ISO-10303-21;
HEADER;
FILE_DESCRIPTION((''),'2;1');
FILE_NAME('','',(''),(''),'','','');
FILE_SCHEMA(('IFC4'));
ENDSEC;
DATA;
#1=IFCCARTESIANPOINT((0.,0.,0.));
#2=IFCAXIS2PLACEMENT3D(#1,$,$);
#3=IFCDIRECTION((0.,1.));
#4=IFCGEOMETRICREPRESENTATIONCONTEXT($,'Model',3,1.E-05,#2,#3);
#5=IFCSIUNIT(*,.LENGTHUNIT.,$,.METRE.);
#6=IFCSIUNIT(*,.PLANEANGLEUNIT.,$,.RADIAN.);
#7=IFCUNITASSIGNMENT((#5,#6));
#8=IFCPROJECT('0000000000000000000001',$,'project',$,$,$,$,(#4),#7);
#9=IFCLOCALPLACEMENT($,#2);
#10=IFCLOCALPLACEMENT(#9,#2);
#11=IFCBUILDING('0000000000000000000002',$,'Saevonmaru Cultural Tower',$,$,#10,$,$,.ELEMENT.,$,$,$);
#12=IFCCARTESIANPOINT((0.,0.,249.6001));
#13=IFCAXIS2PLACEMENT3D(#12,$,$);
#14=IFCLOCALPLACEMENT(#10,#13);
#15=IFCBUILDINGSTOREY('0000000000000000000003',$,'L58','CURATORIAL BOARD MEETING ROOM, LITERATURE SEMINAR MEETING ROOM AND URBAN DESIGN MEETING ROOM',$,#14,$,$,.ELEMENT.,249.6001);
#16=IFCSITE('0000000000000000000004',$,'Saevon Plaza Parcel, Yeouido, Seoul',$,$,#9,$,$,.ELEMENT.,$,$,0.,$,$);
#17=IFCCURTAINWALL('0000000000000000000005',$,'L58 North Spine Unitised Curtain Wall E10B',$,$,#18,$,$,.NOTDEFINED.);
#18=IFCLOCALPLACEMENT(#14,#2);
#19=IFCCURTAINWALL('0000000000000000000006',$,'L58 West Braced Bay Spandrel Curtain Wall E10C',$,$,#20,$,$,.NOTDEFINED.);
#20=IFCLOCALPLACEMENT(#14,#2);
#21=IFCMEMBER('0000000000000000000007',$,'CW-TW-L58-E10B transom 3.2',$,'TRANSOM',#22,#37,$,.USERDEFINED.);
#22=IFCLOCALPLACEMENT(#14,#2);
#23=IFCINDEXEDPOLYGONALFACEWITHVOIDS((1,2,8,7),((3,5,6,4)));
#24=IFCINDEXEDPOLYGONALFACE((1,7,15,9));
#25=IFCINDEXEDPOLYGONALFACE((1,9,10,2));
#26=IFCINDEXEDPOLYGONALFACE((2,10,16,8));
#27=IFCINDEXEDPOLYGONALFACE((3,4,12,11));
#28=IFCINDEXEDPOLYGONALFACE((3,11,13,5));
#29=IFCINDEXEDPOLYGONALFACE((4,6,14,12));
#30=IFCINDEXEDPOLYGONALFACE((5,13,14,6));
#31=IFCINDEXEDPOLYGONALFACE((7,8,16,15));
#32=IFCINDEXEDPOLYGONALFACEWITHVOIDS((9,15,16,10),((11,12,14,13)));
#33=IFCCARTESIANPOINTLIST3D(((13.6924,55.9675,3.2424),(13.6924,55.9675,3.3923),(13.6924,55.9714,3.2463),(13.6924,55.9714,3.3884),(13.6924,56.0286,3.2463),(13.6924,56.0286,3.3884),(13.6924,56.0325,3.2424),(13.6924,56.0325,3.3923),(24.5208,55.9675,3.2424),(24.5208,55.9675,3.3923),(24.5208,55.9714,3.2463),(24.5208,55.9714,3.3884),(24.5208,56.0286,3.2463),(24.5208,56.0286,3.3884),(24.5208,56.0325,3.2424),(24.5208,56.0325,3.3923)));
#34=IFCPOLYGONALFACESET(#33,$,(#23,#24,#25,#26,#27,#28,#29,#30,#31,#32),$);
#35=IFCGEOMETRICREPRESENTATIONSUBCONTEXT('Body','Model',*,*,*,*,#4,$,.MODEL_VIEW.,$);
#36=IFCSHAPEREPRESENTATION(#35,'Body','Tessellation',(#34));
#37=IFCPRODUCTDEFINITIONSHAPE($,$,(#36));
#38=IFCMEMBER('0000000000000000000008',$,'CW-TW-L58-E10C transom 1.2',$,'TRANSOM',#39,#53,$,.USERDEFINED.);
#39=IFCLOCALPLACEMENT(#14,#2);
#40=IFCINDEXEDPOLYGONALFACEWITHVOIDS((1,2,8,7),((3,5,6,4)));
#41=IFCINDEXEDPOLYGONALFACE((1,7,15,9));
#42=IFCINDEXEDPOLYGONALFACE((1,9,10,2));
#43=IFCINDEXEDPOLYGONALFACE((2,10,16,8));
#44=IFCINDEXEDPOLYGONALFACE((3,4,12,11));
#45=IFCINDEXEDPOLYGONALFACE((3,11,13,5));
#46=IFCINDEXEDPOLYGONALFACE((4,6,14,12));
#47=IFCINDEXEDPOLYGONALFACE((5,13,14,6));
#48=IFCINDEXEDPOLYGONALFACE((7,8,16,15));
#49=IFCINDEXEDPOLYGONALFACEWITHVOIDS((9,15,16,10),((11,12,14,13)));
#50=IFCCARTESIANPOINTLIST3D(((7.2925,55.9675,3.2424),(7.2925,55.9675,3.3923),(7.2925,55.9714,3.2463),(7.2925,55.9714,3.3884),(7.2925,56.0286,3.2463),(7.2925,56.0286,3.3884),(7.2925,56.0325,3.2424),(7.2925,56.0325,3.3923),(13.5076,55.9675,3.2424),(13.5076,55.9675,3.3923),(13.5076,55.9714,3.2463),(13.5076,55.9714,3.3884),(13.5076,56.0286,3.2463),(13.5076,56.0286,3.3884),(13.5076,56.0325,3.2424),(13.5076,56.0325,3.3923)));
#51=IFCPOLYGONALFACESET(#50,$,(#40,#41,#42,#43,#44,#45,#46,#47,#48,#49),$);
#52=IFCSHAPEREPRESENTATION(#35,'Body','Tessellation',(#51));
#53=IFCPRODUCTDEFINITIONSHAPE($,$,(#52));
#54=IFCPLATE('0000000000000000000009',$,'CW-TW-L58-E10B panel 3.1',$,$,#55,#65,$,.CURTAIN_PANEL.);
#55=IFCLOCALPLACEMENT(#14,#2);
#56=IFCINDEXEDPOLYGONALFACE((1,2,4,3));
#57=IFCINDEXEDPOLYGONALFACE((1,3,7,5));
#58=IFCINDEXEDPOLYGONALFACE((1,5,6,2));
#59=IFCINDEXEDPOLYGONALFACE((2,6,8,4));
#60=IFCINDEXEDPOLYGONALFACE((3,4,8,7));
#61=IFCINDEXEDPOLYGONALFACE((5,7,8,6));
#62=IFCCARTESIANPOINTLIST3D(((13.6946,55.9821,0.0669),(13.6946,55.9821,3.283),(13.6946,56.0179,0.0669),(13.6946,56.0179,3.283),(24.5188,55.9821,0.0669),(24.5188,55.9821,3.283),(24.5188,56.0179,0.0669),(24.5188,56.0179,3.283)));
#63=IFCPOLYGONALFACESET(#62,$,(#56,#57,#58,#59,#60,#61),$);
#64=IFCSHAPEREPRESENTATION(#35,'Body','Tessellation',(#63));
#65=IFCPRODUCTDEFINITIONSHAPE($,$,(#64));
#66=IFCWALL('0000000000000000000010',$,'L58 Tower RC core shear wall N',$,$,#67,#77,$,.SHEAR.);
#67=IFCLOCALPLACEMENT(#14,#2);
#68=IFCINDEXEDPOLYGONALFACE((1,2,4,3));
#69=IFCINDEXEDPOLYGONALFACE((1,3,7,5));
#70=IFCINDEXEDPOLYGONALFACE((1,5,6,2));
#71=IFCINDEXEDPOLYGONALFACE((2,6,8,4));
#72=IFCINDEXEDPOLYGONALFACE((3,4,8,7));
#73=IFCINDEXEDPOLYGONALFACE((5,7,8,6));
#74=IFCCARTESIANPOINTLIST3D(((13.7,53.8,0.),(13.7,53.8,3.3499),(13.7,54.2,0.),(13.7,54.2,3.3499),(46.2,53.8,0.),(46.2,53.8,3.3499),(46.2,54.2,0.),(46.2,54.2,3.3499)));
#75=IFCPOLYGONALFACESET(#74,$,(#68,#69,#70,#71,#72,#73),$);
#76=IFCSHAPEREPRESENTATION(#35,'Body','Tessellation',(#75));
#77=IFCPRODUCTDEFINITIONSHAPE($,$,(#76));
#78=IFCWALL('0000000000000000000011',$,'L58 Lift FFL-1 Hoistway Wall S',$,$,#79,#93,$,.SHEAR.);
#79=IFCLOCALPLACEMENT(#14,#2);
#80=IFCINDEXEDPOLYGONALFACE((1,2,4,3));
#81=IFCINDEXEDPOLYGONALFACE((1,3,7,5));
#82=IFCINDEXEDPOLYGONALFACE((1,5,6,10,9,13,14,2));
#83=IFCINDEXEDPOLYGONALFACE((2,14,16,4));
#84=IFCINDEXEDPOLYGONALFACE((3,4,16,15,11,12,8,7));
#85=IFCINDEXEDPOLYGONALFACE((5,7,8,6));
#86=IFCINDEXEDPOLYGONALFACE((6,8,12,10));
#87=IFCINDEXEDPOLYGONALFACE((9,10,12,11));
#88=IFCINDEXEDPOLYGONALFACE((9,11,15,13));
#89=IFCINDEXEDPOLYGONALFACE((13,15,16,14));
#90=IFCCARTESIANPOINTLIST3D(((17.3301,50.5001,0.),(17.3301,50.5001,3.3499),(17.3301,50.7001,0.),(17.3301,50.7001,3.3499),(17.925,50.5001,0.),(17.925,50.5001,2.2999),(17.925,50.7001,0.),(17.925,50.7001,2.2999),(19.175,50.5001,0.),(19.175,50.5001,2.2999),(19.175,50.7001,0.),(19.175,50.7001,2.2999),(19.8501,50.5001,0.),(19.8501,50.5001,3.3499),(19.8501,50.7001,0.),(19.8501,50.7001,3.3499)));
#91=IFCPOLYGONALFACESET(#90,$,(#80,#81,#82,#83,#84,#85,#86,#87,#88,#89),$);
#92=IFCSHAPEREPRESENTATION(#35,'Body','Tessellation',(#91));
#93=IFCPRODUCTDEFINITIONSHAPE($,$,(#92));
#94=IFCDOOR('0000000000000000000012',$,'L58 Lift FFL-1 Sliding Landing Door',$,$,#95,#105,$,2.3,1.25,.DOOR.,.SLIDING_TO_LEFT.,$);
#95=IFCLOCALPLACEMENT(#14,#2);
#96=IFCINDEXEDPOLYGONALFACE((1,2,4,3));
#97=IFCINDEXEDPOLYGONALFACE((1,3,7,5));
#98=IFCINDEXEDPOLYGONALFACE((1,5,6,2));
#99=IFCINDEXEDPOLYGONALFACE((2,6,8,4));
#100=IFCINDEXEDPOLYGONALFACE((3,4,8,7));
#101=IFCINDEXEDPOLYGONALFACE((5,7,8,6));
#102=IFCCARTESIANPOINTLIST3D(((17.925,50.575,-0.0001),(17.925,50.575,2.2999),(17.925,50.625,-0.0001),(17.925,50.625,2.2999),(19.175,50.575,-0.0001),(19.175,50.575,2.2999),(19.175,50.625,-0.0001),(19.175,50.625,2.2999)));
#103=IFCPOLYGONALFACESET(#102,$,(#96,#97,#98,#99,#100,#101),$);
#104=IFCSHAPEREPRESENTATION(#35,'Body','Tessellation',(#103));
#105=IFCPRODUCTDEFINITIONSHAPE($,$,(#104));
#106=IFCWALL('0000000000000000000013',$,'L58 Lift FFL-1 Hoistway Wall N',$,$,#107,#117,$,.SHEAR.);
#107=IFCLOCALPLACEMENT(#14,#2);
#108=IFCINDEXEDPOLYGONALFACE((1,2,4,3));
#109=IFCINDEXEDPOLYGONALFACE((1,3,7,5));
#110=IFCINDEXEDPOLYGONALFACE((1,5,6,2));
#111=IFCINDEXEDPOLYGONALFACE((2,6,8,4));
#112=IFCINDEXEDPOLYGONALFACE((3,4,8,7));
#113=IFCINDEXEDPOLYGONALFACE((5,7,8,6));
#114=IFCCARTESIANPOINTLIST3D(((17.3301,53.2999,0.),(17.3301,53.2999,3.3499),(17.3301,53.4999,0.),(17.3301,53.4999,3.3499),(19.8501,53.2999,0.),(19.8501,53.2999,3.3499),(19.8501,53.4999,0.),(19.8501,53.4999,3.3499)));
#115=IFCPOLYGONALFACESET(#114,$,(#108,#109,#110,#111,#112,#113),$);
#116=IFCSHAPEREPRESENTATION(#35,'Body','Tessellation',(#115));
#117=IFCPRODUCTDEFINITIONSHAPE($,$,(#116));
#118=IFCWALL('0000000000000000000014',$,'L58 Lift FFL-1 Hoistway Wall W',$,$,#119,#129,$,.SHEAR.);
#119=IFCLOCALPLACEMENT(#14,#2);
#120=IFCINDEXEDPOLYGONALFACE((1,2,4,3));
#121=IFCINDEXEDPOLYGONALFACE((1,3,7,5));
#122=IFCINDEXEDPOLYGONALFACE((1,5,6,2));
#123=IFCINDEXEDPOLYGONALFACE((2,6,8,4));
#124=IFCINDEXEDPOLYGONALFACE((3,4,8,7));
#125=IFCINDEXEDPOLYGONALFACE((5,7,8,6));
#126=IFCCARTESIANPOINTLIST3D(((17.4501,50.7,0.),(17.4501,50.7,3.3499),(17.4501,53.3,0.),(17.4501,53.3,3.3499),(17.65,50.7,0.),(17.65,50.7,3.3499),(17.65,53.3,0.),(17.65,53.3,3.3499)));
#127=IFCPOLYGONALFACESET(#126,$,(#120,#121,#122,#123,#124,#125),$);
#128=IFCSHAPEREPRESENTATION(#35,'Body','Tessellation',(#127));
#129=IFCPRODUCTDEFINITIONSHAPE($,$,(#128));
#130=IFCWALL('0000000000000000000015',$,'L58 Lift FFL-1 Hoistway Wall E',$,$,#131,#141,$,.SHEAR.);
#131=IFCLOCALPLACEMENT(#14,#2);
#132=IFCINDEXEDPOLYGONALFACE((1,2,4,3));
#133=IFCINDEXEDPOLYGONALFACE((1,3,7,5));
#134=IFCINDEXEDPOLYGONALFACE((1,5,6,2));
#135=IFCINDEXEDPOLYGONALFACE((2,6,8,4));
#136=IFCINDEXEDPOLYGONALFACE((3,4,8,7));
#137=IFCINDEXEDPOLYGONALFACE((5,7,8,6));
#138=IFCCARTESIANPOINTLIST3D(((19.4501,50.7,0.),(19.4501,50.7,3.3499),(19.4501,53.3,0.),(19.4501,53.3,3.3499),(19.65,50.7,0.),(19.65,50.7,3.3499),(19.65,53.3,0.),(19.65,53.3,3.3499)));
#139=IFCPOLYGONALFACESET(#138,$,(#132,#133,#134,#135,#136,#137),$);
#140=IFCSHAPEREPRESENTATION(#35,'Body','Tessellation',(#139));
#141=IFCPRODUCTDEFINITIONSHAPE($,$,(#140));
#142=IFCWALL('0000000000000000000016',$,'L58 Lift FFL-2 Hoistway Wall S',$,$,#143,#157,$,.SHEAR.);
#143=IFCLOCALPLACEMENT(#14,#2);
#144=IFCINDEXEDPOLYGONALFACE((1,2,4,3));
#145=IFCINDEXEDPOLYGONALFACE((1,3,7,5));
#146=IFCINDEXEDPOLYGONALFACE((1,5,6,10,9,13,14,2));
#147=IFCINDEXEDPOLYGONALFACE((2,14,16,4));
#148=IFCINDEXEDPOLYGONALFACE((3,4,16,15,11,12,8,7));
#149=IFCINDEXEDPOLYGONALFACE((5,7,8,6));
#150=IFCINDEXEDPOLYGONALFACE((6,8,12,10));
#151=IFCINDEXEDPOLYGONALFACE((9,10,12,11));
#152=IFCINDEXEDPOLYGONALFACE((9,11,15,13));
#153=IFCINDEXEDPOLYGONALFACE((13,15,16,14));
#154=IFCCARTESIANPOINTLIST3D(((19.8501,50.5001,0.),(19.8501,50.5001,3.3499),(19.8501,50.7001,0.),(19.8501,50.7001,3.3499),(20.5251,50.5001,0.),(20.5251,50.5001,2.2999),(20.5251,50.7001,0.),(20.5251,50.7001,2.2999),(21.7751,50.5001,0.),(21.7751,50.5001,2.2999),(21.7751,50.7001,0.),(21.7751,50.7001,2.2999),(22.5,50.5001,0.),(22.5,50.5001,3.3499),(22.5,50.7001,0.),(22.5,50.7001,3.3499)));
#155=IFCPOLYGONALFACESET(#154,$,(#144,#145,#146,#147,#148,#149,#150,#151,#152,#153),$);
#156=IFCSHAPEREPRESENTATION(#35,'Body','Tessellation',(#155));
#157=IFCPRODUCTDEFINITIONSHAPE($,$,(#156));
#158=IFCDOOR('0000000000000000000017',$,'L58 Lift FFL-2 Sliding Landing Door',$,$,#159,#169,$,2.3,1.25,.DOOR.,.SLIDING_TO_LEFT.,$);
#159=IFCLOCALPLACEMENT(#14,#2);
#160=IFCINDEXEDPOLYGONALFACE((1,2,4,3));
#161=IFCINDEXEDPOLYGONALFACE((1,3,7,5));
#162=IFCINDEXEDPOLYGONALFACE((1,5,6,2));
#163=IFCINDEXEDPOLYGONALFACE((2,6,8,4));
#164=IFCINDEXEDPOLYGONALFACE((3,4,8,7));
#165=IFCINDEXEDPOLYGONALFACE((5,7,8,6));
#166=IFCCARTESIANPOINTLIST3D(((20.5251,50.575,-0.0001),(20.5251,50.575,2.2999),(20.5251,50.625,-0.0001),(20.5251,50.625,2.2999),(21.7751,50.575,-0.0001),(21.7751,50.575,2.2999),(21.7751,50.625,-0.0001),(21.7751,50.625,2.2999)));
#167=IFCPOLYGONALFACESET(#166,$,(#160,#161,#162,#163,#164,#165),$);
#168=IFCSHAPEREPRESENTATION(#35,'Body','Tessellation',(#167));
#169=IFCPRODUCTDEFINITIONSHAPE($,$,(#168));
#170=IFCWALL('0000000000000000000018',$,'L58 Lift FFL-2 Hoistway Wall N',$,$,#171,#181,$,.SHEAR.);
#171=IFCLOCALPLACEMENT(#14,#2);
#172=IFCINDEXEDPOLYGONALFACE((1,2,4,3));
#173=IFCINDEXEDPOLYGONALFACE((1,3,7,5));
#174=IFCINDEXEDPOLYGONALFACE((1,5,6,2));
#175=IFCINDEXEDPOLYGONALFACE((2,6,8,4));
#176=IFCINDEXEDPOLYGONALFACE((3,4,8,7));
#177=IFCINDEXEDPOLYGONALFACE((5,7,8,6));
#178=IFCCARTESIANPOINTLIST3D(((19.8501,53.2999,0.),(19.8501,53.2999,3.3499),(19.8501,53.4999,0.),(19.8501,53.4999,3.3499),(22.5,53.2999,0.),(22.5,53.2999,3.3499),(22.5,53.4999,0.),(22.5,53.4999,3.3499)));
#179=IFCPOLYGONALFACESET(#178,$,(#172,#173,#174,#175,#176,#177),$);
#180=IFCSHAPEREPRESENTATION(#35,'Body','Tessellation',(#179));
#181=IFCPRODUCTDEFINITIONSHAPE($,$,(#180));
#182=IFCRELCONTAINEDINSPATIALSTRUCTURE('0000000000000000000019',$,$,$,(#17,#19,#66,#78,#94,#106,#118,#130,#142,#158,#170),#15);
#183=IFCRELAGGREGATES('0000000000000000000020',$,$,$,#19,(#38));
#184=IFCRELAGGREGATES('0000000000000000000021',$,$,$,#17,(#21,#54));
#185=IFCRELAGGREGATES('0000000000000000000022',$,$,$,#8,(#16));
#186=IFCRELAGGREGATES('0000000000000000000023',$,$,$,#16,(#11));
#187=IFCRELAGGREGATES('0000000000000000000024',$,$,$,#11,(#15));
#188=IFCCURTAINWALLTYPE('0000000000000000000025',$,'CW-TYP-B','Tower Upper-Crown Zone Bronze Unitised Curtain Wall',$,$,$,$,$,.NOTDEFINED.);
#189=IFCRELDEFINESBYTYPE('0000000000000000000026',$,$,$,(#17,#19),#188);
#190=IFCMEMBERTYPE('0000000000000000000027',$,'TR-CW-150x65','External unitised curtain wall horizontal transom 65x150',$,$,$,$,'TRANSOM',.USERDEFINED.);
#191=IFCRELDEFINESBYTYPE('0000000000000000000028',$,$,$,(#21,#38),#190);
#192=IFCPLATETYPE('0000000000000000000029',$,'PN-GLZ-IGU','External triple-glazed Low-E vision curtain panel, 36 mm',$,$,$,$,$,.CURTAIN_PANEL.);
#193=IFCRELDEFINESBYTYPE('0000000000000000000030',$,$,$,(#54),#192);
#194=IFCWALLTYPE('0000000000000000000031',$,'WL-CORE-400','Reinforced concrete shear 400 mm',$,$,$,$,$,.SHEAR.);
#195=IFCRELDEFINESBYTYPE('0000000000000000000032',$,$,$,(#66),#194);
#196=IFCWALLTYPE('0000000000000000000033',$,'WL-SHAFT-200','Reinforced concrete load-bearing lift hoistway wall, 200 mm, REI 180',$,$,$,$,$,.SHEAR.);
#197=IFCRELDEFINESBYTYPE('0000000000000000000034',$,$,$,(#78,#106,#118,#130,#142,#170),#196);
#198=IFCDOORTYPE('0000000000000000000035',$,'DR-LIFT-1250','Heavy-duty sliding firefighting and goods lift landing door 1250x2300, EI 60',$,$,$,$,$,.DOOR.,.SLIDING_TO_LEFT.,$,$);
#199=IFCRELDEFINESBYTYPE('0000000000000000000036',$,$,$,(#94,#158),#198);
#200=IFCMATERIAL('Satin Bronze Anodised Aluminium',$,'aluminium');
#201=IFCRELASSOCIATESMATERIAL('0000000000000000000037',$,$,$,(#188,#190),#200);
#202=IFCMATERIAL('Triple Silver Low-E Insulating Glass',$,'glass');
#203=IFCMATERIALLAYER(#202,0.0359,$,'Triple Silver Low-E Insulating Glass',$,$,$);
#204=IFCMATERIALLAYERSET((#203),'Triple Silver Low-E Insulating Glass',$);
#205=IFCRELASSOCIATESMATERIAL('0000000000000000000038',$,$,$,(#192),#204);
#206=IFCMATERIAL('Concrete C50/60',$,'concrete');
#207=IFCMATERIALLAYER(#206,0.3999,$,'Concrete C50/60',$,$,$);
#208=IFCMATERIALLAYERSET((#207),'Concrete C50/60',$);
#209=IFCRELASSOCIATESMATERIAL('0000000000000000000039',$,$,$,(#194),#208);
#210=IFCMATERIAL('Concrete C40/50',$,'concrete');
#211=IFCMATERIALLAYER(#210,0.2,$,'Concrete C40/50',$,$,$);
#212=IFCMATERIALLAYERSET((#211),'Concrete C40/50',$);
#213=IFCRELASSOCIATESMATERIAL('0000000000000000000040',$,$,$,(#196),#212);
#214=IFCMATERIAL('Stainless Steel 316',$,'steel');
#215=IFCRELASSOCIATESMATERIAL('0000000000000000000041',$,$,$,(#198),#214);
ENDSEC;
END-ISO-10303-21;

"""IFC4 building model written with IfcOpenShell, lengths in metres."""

from ifc_helpers import new_model, si_unit, direction, frame, frame_2d, origin, origin_2d, place, context, subcontext, project, spatial, rectangle, hollow_rectangle, extrude, material, layer, layer_set, material_profile, profile_set, type_object, element, fill, aggregate, save


model = new_model("IFC4")

# Units and contexts
model_context = context("Model", 3, precision=1e-05, world=origin(), true_north=direction((0.0, 1.0)))
body_context = subcontext(model_context, "Body", "Model", "MODEL_VIEW")
ifc_project = project(units=[si_unit("LENGTHUNIT", "METRE"), si_unit("PLANEANGLEUNIT", "RADIAN")], contexts=[model_context])

# Site, building, storey
site_placement = place(None, origin())
site = spatial("IfcSite", under=ifc_project, at=site_placement, Name="Saevon Plaza Parcel, Yeouido, Seoul", CompositionType="ELEMENT", RefElevation=0.0)
building_placement = place(site_placement, origin())
building = spatial("IfcBuilding", under=site, at=building_placement, Name="Saevonmaru Cultural Tower", CompositionType="ELEMENT")
storey_placement = place(building_placement, frame((0.0, 0.0, 249.6001)))
storey = spatial("IfcBuildingStorey", under=building, at=storey_placement, Name="L58", Description="CURATORIAL BOARD MEETING ROOM, LITERATURE SEMINAR MEETING ROOM AND URBAN DESIGN MEETING ROOM", CompositionType="ELEMENT", Elevation=249.6001)

# Curtain walls
ifc_material_1 = material(Name="Satin Bronze Anodised Aluminium", Category="aluminium")
curtain_wall_type = type_object("IfcCurtainWallType", Name="CW-TYP-B", Description="Tower Upper-Crown Zone Bronze Unitised Curtain Wall", PredefinedType="NOTDEFINED", material=ifc_material_1)
curtain_wall_1_placement = place(storey_placement, origin())
curtain_wall_1 = element("IfcCurtainWall", 1, at=curtain_wall_1_placement, inside=storey, type_object=curtain_wall_type, Name="L58 North Spine Unitised Curtain Wall E10B", PredefinedType="NOTDEFINED")
curtain_wall_2_placement = place(storey_placement, origin())
curtain_wall_2 = element("IfcCurtainWall", 2, at=curtain_wall_2_placement, inside=storey, type_object=curtain_wall_type, Name="L58 West Braced Bay Spandrel Curtain Wall E10C", PredefinedType="NOTDEFINED")

# Members
ifc_material_profile_1 = material_profile(ifc_material_1, hollow_rectangle(XDim=0.0649, YDim=0.1499, WallThickness=0.0039, at=origin_2d()), Name="ALU-TRAN-150x65x4")
ifc_profile_set_1 = profile_set([ifc_material_profile_1], Name="Satin Bronze Anodised Aluminium")
member_type_1 = type_object("IfcMemberType", Name="TR-CW-150x65", Description="External unitised curtain wall horizontal transom 65x150", ElementType="TRANSOM", PredefinedType="USERDEFINED", material=ifc_profile_set_1)
member_1_placement = place(storey_placement, frame((24.5208, 56.0, 3.3174), z_axis=(-1.0, 0.0, 0.0), x_axis=(0.0, -1.0, 0.0)))
member_1 = element("IfcMember", 3, at=member_1_placement, type_object=member_type_1, Name="CW-TW-L58-E10B transom 3.2", ObjectType="TRANSOM", PredefinedType="USERDEFINED", context=body_context, shape_type="SweptSolid", body=[
    extrude(hollow_rectangle(XDim=0.0649, YDim=0.1499, WallThickness=0.0039, at=origin_2d()), origin(), (0.0, 0.0, 1.0), 10.8284),
])
member_2_placement = place(storey_placement, frame((13.5076, 56.0, 3.3174), z_axis=(-1.0, 0.0, 0.0), x_axis=(0.0, -1.0, 0.0)))
member_2 = element("IfcMember", 4, at=member_2_placement, type_object=member_type_1, Name="CW-TW-L58-E10C transom 1.2", ObjectType="TRANSOM", PredefinedType="USERDEFINED", context=body_context, shape_type="SweptSolid", body=[
    extrude(hollow_rectangle(XDim=0.0649, YDim=0.1499, WallThickness=0.0039, at=origin_2d()), origin(), (0.0, 0.0, 1.0), 6.2151),
])
aggregate(curtain_wall_2, [member_2])

# Plate
ifc_material_2 = material(Name="Triple Silver Low-E Insulating Glass", Category="glass")
ifc_layer_1 = layer(ifc_material_2, 0.0359, Name="Triple Silver Low-E Insulating Glass")
ifc_layer_set_1 = layer_set([ifc_layer_1], Name="Triple Silver Low-E Insulating Glass")
plate_type = type_object("IfcPlateType", Name="PN-GLZ-IGU", Description="External triple-glazed Low-E vision curtain panel, 36 mm", PredefinedType="CURTAIN_PANEL", material=ifc_layer_set_1)
plate_placement = place(storey_placement, frame((19.1067, 56.0, 0.0669), z_axis=(0.0, 0.0, 1.0), x_axis=(-1.0, 0.0, 0.0)))
plate = element("IfcPlate", 5, at=plate_placement, type_object=plate_type, Name="CW-TW-L58-E10B panel 3.1", PredefinedType="CURTAIN_PANEL", context=body_context, shape_type="SweptSolid", body=[
    extrude(rectangle(XDim=10.8242, YDim=0.0359, at=origin_2d()), origin(), (0.0, 0.0, 1.0), 3.2161),
])
aggregate(curtain_wall_1, [member_1, plate])

# Wall
ifc_material_3 = material(Name="Concrete C50/60", Category="concrete")
ifc_layer_2 = layer(ifc_material_3, 0.3999, Name="Concrete C50/60")
ifc_layer_set_2 = layer_set([ifc_layer_2], Name="Concrete C50/60")
wall_type_1 = type_object("IfcWallType", Name="WL-CORE-400", Description="Reinforced concrete shear 400 mm", PredefinedType="SHEAR", material=ifc_layer_set_2)
wall_1_placement = place(storey_placement, frame((13.7, 54.0, 0.0), z_axis=(0.0, 0.0, 1.0), x_axis=(1.0, 0.0, 0.0)))
element("IfcWall", 6, at=wall_1_placement, inside=storey, type_object=wall_type_1, Name="L58 Tower RC core shear wall N", PredefinedType="SHEAR", context=body_context, shape_type="SweptSolid", body=[
    extrude(rectangle(XDim=32.5, YDim=0.3999, at=frame_2d((16.25, 0.0))), origin(), (0.0, 0.0, 1.0), 3.3499),
])

# Wall, opening, door
ifc_material_4 = material(Name="Concrete C40/50", Category="concrete")
ifc_layer_3 = layer(ifc_material_4, 0.2, Name="Concrete C40/50")
ifc_layer_set_3 = layer_set([ifc_layer_3], Name="Concrete C40/50")
wall_type_2 = type_object("IfcWallType", Name="WL-SHAFT-200", Description="Reinforced concrete load-bearing lift hoistway wall, 200 mm, REI 180", PredefinedType="SHEAR", material=ifc_layer_set_3)
wall_2_placement = place(storey_placement, frame((17.3301, 50.6001, 0.0), z_axis=(0.0, 0.0, 1.0), x_axis=(1.0, 0.0, 0.0)))
wall_2 = element("IfcWall", 7, at=wall_2_placement, inside=storey, type_object=wall_type_2, Name="L58 Lift FFL-1 Hoistway Wall S", PredefinedType="SHEAR", context=body_context, shape_type="SweptSolid", body=[
    extrude(rectangle(XDim=2.52, YDim=0.2, at=frame_2d((1.26, 0.0))), origin(), (0.0, 0.0, 1.0), 3.3499),
])
opening_1_placement = place(wall_2_placement, frame((0.595, 0.0, 0.0)))
opening_1 = element("IfcOpeningElement", 8, at=opening_1_placement, cuts=wall_2, PredefinedType="OPENING", context=body_context, shape_type="SweptSolid", body=[
    extrude(rectangle(XDim=1.25, YDim=2.3, at=frame_2d((0.625, 1.1499))), frame((0.0, 0.1099, 0.0), z_axis=(0.0, -1.0, 0.0), x_axis=(1.0, 0.0, 0.0)), (0.0, 0.0, 1.0), 0.22),
])
ifc_material_5 = material(Name="Stainless Steel 316", Category="steel")
door_type = type_object("IfcDoorType", Name="DR-LIFT-1250", Description="Heavy-duty sliding firefighting and goods lift landing door 1250x2300, EI 60", OperationType="SLIDING_TO_LEFT", PredefinedType="DOOR", material=ifc_material_5)
door_1_placement = place(opening_1_placement, origin())
door_1 = element("IfcDoor", 9, at=door_1_placement, inside=storey, type_object=door_type, Name="L58 Lift FFL-1 Sliding Landing Door", OperationType="SLIDING_TO_LEFT", OverallHeight=2.3, OverallWidth=1.25, PredefinedType="DOOR", context=body_context, shape_type="SweptSolid", body=[
    extrude(rectangle(XDim=1.25, YDim=2.3, at=frame_2d((0.625, 1.1499))), frame((0.0, 0.0249, 0.0), z_axis=(0.0, -1.0, 0.0), x_axis=(1.0, 0.0, 0.0)), (0.0, 0.0, 1.0), 0.05),
])
fill(opening_1, door_1)

# Walls
wall_3_placement = place(storey_placement, frame((17.3301, 53.3999, 0.0), z_axis=(0.0, 0.0, 1.0), x_axis=(1.0, 0.0, 0.0)))
element("IfcWall", 10, at=wall_3_placement, inside=storey, type_object=wall_type_2, Name="L58 Lift FFL-1 Hoistway Wall N", PredefinedType="SHEAR", context=body_context, shape_type="SweptSolid", body=[
    extrude(rectangle(XDim=2.52, YDim=0.2, at=frame_2d((1.26, 0.0))), origin(), (0.0, 0.0, 1.0), 3.3499),
])
for number, where, z_axis, x_axis, name in (
    (11, (17.55, 50.7, 0.0), (0.0, 0.0, 1.0), (0.0, 1.0, 0.0), "L58 Lift FFL-1 Hoistway Wall W"),
    (12, (19.55, 50.7, 0.0), (0.0, 0.0, 1.0), (0.0, 1.0, 0.0), "L58 Lift FFL-1 Hoistway Wall E"),
):
    element("IfcWall", number, at=place(storey_placement, frame(where, z_axis=z_axis, x_axis=x_axis)), inside=storey, type_object=wall_type_2, Name=name, PredefinedType="SHEAR", context=body_context, shape_type="SweptSolid", body=[
        extrude(rectangle(XDim=2.6001, YDim=0.2, at=frame_2d((1.3, 0.0))), origin(), (0.0, 0.0, 1.0), 3.3499),
    ])

# Wall, opening, door
wall_4_placement = place(storey_placement, frame((19.8501, 50.6001, 0.0), z_axis=(0.0, 0.0, 1.0), x_axis=(1.0, 0.0, 0.0)))
wall_4 = element("IfcWall", 13, at=wall_4_placement, inside=storey, type_object=wall_type_2, Name="L58 Lift FFL-2 Hoistway Wall S", PredefinedType="SHEAR", context=body_context, shape_type="SweptSolid", body=[
    extrude(rectangle(XDim=2.6499, YDim=0.2, at=frame_2d((1.325, 0.0))), origin(), (0.0, 0.0, 1.0), 3.3499),
])
opening_2_placement = place(wall_4_placement, frame((0.675, 0.0, 0.0)))
opening_2 = element("IfcOpeningElement", 14, at=opening_2_placement, cuts=wall_4, PredefinedType="OPENING", context=body_context, shape_type="SweptSolid", body=[
    extrude(rectangle(XDim=1.25, YDim=2.3, at=frame_2d((0.625, 1.1499))), frame((0.0, 0.1099, 0.0), z_axis=(0.0, -1.0, 0.0), x_axis=(1.0, 0.0, 0.0)), (0.0, 0.0, 1.0), 0.22),
])
door_2_placement = place(opening_2_placement, origin())
door_2 = element("IfcDoor", 15, at=door_2_placement, inside=storey, type_object=door_type, Name="L58 Lift FFL-2 Sliding Landing Door", OperationType="SLIDING_TO_LEFT", OverallHeight=2.3, OverallWidth=1.25, PredefinedType="DOOR", context=body_context, shape_type="SweptSolid", body=[
    extrude(rectangle(XDim=1.25, YDim=2.3, at=frame_2d((0.625, 1.1499))), frame((0.0, 0.0249, 0.0), z_axis=(0.0, -1.0, 0.0), x_axis=(1.0, 0.0, 0.0)), (0.0, 0.0, 1.0), 0.05),
])
fill(opening_2, door_2)

# Wall
wall_5_placement = place(storey_placement, frame((19.8501, 53.3999, 0.0), z_axis=(0.0, 0.0, 1.0), x_axis=(1.0, 0.0, 0.0)))
element("IfcWall", 16, at=wall_5_placement, inside=storey, type_object=wall_type_2, Name="L58 Lift FFL-2 Hoistway Wall N", PredefinedType="SHEAR", context=body_context, shape_type="SweptSolid", body=[
    extrude(rectangle(XDim=2.6499, YDim=0.2, at=frame_2d((1.325, 0.0))), origin(), (0.0, 0.0, 1.0), 3.3499),
])

save(model, "model.ifc")
